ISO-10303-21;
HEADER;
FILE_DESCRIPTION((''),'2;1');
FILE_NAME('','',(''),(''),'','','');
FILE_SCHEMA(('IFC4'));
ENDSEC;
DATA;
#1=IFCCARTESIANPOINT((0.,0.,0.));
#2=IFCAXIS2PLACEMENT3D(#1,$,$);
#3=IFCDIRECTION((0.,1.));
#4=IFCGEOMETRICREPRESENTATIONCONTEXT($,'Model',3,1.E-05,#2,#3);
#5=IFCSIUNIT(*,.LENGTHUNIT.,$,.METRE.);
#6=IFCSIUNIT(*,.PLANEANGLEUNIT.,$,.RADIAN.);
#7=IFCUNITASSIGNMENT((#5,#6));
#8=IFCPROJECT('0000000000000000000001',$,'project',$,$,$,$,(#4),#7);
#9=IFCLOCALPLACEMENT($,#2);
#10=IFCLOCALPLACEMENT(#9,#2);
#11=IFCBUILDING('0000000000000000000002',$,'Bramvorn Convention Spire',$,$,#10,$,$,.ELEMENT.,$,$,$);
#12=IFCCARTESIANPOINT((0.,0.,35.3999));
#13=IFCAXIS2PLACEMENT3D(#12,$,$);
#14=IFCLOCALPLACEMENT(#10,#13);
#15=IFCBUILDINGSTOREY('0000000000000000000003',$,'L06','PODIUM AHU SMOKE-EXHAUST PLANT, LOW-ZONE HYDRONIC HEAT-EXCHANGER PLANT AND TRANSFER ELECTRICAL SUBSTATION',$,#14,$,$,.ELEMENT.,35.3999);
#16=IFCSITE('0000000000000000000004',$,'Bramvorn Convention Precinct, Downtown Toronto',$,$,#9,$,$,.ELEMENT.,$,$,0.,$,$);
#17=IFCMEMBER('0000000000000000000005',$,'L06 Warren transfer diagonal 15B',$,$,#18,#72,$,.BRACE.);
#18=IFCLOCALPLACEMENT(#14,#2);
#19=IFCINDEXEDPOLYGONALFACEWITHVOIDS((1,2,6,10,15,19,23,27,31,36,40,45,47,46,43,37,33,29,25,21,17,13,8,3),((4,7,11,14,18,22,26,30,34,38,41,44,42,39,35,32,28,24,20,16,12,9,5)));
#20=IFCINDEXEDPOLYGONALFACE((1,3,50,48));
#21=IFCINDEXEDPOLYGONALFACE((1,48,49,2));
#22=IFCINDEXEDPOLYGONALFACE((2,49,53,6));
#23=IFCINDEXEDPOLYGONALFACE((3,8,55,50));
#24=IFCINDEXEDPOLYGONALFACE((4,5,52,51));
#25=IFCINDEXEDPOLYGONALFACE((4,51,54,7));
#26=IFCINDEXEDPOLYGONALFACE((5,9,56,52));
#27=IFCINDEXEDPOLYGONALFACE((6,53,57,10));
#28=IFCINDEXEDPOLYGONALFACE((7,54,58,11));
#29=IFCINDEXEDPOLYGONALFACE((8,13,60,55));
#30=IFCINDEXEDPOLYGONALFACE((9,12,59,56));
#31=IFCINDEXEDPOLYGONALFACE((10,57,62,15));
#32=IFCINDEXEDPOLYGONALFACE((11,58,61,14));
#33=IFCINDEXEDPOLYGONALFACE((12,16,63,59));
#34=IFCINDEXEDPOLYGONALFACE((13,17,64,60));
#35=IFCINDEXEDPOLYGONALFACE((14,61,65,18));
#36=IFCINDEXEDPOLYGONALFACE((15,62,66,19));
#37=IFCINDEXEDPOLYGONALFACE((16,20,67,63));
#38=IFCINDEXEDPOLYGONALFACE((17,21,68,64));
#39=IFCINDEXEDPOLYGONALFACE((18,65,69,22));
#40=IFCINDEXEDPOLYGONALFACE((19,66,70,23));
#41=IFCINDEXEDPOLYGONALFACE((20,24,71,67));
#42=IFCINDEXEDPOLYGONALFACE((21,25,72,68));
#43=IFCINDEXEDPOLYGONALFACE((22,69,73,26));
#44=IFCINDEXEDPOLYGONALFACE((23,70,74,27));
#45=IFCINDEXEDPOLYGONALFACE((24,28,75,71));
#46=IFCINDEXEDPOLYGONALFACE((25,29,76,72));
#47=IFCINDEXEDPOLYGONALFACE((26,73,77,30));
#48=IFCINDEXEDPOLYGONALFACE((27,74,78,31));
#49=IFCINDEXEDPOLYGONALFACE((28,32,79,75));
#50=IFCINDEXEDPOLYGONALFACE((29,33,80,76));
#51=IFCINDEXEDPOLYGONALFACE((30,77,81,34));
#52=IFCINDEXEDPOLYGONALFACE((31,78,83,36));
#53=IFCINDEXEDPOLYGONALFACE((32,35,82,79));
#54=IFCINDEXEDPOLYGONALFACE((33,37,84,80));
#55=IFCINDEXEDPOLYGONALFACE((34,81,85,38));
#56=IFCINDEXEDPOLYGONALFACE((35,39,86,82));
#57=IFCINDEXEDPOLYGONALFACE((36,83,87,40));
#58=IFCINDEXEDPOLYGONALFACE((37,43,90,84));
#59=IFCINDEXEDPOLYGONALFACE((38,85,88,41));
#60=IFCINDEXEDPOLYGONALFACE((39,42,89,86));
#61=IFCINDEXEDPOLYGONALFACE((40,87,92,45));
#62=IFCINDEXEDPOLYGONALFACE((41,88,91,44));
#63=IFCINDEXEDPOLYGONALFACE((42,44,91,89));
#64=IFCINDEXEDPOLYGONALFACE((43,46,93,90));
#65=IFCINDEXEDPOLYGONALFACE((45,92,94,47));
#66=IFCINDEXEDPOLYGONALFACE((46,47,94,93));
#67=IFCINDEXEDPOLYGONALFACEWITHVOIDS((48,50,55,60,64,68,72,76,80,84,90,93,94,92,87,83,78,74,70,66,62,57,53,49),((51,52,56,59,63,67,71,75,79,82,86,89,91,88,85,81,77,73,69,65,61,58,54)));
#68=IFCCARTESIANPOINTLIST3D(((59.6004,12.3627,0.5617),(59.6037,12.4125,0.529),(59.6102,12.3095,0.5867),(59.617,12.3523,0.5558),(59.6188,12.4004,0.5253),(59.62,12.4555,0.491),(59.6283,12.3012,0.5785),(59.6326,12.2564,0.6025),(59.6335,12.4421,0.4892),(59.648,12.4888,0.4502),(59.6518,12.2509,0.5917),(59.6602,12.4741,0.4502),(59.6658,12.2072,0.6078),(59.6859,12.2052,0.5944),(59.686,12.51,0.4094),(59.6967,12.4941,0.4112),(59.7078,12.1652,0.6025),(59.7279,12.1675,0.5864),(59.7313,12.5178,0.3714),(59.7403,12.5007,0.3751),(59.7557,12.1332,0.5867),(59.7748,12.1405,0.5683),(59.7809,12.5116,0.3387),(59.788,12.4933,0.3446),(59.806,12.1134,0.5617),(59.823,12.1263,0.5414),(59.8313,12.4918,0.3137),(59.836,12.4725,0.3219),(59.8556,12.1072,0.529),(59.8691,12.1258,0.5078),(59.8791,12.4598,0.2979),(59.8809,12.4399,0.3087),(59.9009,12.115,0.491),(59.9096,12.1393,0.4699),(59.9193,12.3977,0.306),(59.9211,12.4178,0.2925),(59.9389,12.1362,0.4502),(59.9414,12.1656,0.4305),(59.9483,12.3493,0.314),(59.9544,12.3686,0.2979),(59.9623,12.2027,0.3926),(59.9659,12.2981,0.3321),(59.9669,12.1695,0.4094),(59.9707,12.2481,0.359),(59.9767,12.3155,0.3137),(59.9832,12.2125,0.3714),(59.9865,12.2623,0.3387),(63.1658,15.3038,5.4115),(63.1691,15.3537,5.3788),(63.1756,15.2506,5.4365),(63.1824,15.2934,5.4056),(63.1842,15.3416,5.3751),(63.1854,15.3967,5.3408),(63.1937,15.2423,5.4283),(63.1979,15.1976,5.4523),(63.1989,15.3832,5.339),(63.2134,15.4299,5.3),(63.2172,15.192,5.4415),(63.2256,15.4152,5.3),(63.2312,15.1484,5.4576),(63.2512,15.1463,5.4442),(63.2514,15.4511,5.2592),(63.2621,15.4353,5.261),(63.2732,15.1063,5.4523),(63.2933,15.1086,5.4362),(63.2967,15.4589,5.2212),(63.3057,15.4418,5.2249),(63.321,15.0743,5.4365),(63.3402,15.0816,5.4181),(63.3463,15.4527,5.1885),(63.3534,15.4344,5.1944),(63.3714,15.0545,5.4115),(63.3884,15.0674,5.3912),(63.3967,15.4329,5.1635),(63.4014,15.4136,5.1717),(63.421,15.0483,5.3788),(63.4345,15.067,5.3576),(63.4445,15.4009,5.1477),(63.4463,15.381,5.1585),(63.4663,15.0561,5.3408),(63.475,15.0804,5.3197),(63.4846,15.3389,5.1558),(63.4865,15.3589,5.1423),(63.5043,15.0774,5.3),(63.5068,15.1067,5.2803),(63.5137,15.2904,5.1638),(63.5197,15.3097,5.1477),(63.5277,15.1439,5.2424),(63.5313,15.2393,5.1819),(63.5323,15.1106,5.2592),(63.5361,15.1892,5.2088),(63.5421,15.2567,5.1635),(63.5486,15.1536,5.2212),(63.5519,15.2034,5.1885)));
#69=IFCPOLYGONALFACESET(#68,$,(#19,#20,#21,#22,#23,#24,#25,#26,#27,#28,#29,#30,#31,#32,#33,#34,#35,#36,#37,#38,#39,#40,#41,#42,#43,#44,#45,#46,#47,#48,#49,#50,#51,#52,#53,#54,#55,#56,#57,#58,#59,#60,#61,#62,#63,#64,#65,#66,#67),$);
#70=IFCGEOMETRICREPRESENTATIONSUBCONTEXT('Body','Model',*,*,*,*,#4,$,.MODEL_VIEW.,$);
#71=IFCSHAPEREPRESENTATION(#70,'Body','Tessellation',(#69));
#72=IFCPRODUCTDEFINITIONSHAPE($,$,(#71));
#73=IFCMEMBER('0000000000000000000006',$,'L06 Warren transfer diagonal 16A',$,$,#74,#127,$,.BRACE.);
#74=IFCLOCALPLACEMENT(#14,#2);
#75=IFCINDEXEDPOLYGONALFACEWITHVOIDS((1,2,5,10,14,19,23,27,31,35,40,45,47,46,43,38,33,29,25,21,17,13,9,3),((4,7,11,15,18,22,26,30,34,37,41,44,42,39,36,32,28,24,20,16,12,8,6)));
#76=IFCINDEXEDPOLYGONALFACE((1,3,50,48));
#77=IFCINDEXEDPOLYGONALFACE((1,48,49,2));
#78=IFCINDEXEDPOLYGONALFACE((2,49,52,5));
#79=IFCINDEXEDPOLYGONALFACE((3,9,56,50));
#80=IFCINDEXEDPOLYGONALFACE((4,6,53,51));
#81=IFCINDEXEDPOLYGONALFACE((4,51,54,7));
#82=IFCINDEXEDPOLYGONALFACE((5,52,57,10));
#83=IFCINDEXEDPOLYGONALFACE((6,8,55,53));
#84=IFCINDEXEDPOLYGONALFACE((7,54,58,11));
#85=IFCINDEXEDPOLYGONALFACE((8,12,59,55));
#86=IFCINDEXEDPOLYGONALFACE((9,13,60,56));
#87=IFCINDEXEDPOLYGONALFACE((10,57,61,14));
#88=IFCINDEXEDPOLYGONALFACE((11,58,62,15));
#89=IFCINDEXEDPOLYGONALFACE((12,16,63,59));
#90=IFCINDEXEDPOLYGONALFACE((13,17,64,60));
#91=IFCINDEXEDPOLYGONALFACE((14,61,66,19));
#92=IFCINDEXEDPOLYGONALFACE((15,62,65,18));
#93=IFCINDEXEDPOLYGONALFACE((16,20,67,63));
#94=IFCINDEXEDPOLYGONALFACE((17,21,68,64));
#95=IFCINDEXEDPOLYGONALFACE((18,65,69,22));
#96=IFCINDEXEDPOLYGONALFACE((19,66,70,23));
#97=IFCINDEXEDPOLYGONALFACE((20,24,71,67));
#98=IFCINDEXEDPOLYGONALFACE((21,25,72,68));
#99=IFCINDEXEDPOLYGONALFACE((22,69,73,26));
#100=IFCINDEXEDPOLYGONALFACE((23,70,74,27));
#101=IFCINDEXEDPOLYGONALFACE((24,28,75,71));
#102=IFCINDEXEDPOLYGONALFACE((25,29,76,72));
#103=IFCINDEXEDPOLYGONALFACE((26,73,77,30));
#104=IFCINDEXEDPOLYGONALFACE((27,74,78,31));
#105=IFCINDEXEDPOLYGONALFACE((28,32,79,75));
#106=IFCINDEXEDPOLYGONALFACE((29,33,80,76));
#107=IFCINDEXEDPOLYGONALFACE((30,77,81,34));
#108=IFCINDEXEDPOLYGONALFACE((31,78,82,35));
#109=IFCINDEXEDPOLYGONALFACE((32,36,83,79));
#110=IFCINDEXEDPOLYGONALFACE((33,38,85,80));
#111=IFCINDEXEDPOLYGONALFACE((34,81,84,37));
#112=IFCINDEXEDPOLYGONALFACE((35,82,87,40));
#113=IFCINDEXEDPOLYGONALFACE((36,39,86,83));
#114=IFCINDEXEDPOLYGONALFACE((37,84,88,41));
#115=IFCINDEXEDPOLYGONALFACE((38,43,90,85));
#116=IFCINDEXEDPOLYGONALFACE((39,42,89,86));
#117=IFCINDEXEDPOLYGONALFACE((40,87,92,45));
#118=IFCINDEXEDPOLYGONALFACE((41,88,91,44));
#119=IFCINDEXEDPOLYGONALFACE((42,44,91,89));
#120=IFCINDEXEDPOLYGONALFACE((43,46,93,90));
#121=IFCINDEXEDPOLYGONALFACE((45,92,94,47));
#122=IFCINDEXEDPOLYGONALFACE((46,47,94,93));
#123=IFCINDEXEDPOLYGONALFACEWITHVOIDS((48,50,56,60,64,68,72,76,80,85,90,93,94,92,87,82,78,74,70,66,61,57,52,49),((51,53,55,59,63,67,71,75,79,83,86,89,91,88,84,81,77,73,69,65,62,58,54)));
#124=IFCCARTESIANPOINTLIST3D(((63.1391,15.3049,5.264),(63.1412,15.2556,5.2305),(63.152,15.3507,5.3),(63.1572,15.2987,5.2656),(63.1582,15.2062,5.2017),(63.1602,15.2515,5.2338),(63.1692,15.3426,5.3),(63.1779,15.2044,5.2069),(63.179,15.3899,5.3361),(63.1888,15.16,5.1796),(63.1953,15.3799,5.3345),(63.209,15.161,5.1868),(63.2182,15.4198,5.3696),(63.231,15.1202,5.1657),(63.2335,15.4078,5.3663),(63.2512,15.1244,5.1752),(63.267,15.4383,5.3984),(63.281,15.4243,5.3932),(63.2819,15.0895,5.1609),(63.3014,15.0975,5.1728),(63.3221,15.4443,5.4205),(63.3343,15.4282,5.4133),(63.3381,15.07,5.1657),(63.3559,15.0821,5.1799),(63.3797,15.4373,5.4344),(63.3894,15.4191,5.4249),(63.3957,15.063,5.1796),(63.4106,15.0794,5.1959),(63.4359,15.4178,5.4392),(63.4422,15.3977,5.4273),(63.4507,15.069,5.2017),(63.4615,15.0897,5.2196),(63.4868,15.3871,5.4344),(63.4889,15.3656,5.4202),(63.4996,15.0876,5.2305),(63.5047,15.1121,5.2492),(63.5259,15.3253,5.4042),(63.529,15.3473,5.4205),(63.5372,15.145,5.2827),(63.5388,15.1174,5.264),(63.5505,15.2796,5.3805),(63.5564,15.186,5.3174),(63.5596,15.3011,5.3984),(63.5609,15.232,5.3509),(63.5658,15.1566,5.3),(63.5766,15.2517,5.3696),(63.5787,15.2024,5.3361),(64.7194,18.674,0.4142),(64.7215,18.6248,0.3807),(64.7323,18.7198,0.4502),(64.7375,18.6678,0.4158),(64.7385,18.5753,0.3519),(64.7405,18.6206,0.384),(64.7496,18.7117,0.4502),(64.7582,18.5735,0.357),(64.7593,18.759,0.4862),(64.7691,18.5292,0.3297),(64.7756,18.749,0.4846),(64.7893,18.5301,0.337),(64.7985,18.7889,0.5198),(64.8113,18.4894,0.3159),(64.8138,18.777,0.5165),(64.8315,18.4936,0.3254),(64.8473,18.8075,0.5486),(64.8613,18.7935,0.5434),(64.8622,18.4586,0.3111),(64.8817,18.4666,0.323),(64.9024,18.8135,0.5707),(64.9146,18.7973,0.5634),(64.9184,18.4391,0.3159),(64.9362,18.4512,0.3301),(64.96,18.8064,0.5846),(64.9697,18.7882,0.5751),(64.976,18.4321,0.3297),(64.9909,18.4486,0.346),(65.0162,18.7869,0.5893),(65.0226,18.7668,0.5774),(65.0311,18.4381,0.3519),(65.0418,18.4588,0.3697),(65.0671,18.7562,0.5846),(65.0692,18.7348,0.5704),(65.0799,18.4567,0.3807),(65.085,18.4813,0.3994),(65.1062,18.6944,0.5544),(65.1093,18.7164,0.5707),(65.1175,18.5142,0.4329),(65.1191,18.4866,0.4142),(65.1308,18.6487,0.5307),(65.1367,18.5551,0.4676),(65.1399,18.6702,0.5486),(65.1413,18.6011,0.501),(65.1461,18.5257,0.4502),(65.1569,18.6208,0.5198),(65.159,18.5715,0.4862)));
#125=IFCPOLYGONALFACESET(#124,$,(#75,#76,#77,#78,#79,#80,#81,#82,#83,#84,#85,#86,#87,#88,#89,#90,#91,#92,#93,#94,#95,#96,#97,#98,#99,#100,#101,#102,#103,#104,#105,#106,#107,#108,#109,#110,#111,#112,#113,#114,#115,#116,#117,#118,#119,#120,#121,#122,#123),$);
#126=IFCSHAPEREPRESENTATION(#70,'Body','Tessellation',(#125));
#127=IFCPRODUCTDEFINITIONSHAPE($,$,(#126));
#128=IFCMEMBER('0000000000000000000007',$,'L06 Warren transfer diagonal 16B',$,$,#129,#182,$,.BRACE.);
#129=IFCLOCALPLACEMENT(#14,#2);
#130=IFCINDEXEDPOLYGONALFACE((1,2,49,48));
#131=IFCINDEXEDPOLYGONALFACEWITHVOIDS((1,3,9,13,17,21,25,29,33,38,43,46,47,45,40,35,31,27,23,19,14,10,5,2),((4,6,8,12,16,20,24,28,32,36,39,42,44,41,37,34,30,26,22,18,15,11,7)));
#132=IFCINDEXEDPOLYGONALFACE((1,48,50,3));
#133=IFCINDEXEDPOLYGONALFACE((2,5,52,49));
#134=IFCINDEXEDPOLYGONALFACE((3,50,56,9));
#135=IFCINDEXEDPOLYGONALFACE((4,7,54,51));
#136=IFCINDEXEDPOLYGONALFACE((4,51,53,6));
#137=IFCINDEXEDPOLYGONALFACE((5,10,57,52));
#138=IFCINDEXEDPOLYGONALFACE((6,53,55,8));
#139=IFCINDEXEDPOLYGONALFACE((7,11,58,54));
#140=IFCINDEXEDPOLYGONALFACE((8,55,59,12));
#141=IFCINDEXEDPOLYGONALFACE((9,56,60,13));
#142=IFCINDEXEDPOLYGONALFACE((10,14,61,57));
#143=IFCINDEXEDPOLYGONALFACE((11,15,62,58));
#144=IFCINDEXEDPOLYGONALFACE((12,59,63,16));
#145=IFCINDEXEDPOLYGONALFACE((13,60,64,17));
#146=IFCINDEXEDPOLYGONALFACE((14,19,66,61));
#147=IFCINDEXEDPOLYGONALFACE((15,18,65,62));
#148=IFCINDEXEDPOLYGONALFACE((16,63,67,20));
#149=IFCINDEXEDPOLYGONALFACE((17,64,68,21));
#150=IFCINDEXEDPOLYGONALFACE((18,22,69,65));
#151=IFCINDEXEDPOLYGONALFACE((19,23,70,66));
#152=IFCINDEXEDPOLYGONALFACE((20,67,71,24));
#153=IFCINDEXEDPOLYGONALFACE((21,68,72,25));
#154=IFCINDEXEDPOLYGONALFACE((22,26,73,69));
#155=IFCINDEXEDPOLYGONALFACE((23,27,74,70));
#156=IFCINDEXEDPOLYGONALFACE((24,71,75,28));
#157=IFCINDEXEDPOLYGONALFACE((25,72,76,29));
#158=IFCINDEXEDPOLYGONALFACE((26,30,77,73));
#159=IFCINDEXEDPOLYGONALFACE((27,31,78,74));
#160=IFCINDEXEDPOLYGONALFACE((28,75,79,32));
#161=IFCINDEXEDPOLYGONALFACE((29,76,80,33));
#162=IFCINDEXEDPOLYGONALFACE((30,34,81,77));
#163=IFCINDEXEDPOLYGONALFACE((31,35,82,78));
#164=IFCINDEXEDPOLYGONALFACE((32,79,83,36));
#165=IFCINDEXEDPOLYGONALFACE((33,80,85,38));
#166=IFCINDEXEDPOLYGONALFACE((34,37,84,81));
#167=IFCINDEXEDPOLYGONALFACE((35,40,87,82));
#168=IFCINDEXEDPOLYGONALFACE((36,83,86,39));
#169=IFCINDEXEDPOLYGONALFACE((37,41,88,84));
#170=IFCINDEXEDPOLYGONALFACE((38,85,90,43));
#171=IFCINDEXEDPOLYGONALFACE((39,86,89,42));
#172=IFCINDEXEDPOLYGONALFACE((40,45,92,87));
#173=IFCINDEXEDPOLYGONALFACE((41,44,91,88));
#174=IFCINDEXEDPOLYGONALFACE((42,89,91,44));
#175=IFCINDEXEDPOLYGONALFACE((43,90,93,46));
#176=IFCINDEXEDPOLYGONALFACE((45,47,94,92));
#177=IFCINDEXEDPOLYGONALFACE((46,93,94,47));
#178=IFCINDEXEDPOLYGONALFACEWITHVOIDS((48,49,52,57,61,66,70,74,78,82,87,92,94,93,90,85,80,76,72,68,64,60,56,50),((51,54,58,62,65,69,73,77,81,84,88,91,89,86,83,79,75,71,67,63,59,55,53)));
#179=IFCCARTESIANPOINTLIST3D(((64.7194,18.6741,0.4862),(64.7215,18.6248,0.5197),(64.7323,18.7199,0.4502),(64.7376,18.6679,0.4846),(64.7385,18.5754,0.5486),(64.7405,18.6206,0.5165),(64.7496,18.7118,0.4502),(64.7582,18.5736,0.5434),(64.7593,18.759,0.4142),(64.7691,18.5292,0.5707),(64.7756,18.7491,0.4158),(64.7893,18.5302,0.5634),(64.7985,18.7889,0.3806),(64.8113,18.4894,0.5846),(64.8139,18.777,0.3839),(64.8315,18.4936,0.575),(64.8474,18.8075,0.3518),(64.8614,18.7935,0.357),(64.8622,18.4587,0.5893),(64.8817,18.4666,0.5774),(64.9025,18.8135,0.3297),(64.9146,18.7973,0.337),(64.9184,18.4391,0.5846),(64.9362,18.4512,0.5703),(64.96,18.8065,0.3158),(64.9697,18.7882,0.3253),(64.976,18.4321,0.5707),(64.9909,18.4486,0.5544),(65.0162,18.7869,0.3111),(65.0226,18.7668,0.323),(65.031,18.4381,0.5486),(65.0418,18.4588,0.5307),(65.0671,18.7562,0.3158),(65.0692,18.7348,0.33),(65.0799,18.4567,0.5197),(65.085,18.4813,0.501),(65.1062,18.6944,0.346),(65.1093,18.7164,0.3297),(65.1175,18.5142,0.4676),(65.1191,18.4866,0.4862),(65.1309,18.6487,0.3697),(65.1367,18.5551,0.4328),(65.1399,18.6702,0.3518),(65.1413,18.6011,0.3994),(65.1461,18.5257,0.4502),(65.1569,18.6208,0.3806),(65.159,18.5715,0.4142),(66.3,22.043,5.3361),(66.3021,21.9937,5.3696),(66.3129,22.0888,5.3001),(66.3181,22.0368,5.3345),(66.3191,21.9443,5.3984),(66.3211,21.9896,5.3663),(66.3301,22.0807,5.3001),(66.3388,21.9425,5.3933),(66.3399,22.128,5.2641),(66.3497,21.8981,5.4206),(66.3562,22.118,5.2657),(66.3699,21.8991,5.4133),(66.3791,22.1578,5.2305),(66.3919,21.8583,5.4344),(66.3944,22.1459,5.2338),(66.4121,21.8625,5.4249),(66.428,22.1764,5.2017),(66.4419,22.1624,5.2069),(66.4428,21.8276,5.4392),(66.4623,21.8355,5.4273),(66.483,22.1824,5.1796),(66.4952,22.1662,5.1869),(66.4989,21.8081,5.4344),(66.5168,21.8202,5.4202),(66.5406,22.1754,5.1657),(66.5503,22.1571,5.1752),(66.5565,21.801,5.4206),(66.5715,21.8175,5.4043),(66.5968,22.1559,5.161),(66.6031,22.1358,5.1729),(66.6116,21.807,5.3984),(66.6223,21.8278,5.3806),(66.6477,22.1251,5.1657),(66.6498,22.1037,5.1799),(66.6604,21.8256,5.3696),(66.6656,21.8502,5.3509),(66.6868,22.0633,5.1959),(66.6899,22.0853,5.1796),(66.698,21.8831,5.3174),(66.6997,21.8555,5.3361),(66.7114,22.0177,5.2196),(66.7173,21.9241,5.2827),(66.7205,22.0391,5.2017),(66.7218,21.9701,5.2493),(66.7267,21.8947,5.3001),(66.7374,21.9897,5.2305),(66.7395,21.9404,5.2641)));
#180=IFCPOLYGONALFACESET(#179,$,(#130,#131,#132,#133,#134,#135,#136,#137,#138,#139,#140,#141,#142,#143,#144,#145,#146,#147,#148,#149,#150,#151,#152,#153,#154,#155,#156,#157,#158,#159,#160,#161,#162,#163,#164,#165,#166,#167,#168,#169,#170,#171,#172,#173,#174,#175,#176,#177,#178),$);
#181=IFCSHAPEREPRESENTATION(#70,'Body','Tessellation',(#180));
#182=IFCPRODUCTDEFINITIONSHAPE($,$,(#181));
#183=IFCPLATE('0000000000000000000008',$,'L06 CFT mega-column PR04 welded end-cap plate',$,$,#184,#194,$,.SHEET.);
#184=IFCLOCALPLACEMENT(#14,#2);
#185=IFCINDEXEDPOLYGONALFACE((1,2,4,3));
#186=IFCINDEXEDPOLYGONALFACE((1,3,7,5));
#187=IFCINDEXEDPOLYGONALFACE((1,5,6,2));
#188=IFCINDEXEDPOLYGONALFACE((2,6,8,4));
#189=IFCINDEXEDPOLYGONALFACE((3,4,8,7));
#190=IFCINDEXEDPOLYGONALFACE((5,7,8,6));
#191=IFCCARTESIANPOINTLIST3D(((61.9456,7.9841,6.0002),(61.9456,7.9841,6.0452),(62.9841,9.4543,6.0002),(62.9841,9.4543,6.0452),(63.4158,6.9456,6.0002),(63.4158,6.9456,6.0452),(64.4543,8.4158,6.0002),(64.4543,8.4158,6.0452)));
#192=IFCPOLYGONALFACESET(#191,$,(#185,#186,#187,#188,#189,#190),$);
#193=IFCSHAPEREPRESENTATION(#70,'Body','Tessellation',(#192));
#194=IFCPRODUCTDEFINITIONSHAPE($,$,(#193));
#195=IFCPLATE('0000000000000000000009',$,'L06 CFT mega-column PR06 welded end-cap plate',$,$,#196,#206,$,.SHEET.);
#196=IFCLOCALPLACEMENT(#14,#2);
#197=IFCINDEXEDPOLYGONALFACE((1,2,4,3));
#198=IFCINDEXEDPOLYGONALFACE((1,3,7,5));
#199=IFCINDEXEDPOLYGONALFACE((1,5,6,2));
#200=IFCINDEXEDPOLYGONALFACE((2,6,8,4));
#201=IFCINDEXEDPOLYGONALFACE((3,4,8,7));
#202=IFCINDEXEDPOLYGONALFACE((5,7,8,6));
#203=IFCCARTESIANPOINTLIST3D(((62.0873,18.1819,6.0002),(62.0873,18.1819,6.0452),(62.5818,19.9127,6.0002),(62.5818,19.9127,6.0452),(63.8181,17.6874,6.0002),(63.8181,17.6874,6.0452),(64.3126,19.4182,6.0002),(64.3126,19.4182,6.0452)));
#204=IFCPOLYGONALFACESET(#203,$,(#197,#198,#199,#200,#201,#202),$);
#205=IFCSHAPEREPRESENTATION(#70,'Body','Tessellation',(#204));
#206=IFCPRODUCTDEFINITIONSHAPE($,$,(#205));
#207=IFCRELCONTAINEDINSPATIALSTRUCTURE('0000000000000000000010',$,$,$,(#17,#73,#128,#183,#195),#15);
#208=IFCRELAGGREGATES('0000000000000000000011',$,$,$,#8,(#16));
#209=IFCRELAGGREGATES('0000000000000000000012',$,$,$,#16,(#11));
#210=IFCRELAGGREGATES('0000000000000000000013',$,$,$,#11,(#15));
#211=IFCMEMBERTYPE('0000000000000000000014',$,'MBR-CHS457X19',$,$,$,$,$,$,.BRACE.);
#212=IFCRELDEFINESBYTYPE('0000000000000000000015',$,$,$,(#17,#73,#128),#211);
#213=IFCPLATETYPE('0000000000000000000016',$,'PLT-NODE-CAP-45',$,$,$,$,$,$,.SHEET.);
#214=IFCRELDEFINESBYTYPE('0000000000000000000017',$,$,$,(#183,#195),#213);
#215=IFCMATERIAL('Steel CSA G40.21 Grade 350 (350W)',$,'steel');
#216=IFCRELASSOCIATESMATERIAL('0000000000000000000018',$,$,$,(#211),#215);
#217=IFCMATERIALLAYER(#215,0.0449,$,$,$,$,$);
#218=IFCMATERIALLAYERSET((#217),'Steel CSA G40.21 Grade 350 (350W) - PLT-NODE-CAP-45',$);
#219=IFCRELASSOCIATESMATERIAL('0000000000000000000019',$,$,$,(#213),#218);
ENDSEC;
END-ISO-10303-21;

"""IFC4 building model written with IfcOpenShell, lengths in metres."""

from ifc_helpers import new_model, si_unit, direction, frame, origin, origin_2d, place, context, subcontext, project, spatial, rectangle, hollow_circle, extrude, material, layer, layer_set, material_profile, profile_set, type_object, element, save


model = new_model("IFC4")

# Units and contexts
model_context = context("Model", 3, precision=1e-05, world=origin(), true_north=direction((0.0, 1.0)))
body_context = subcontext(model_context, "Body", "Model", "MODEL_VIEW")
ifc_project = project(units=[si_unit("LENGTHUNIT", "METRE"), si_unit("PLANEANGLEUNIT", "RADIAN")], contexts=[model_context])

# Site, building, storey
site_placement = place(None, origin())
site = spatial("IfcSite", under=ifc_project, at=site_placement, Name="Bramvorn Convention Precinct, Downtown Toronto", CompositionType="ELEMENT", RefElevation=0.0)
building_placement = place(site_placement, origin())
building = spatial("IfcBuilding", under=site, at=building_placement, Name="Bramvorn Convention Spire", CompositionType="ELEMENT")
storey_placement = place(building_placement, frame((0.0, 0.0, 35.3999)))
storey = spatial("IfcBuildingStorey", under=building, at=storey_placement, Name="L06", Description="PODIUM AHU SMOKE-EXHAUST PLANT, LOW-ZONE HYDRONIC HEAT-EXCHANGER PLANT AND TRANSFER ELECTRICAL SUBSTATION", CompositionType="ELEMENT", Elevation=35.3999)

# Shared definitions
ifc_material_1 = material(Name="Steel CSA G40.21 Grade 350 (350W)", Category="steel")

# Members
ifc_material_profile_1 = material_profile(ifc_material_1, hollow_circle(Radius=0.2285, WallThickness=0.019, at=origin_2d()))
ifc_profile_set_1 = profile_set([ifc_material_profile_1], Name="Steel CSA G40.21 Grade 350 (350W) - CHS457X19")
member_type_1 = type_object("IfcMemberType", Name="MBR-CHS457X19", PredefinedType="BRACE", material=ifc_profile_set_1)
member_1_placement = place(storey_placement, frame((59.7935, 12.3125, 0.4502), z_axis=(0.53219, 0.43901, 0.723909), x_axis=(-0.636342, 0.771407, 0.0)))
element("IfcMember", 1, at=member_1_placement, inside=storey, type_object=member_type_1, Name="L06 Warren transfer diagonal 15B", PredefinedType="BRACE", context=body_context, shape_type="SweptSolid", body=[
    extrude(hollow_circle(Radius=0.2285, WallThickness=0.019, at=origin_2d()), origin(), (0.0, 0.0, 1.0), 6.6995),
])
for number, where, z_axis, x_axis, name in (
    (2, (63.3589, 15.2537, 5.3), (0.258515, 0.551137, -0.793358), (-0.905352, 0.424662, 0.0), "L06 Warren transfer diagonal 16A"),
    (3, (64.9392, 18.6228, 0.4502), (0.258558, 0.551104, 0.793368), (-0.905315, 0.424741, 0.0), "L06 Warren transfer diagonal 16B"),
):
    element("IfcMember", number, at=place(storey_placement, frame(where, z_axis=z_axis, x_axis=x_axis)), inside=storey, type_object=member_type_1, Name=name, PredefinedType="BRACE", context=body_context, shape_type="SweptSolid", body=[
        extrude(hollow_circle(Radius=0.2285, WallThickness=0.019, at=origin_2d()), origin(), (0.0, 0.0, 1.0), 6.113),
    ])

# Plates
ifc_layer_1 = layer(ifc_material_1, 0.0449)
ifc_layer_set_1 = layer_set([ifc_layer_1], Name="Steel CSA G40.21 Grade 350 (350W) - PLT-NODE-CAP-45")
plate_type_1 = type_object("IfcPlateType", Name="PLT-NODE-CAP-45", PredefinedType="SHEET", material=ifc_layer_set_1)
for number, where, z_axis, x_axis, name in (
    (4, (63.2, 8.2, 6.0002), (0.0, 0.0, 1.0), (0.816788, -0.576938, 0.0), "L06 CFT mega-column PR04 welded end-cap plate"),
    (5, (63.2, 18.8, 6.0002), (0.0, 0.0, 1.0), (0.961524, -0.274721, 0.0), "L06 CFT mega-column PR06 welded end-cap plate"),
):
    element("IfcPlate", number, at=place(storey_placement, frame(where, z_axis=z_axis, x_axis=x_axis)), inside=storey, type_object=plate_type_1, Name=name, PredefinedType="SHEET", context=body_context, shape_type="SweptSolid", body=[
        extrude(rectangle(XDim=1.8, YDim=1.8, at=origin_2d()), origin(), (0.0, 0.0, 1.0), 0.0449),
    ])

save(model, "model.ifc")
